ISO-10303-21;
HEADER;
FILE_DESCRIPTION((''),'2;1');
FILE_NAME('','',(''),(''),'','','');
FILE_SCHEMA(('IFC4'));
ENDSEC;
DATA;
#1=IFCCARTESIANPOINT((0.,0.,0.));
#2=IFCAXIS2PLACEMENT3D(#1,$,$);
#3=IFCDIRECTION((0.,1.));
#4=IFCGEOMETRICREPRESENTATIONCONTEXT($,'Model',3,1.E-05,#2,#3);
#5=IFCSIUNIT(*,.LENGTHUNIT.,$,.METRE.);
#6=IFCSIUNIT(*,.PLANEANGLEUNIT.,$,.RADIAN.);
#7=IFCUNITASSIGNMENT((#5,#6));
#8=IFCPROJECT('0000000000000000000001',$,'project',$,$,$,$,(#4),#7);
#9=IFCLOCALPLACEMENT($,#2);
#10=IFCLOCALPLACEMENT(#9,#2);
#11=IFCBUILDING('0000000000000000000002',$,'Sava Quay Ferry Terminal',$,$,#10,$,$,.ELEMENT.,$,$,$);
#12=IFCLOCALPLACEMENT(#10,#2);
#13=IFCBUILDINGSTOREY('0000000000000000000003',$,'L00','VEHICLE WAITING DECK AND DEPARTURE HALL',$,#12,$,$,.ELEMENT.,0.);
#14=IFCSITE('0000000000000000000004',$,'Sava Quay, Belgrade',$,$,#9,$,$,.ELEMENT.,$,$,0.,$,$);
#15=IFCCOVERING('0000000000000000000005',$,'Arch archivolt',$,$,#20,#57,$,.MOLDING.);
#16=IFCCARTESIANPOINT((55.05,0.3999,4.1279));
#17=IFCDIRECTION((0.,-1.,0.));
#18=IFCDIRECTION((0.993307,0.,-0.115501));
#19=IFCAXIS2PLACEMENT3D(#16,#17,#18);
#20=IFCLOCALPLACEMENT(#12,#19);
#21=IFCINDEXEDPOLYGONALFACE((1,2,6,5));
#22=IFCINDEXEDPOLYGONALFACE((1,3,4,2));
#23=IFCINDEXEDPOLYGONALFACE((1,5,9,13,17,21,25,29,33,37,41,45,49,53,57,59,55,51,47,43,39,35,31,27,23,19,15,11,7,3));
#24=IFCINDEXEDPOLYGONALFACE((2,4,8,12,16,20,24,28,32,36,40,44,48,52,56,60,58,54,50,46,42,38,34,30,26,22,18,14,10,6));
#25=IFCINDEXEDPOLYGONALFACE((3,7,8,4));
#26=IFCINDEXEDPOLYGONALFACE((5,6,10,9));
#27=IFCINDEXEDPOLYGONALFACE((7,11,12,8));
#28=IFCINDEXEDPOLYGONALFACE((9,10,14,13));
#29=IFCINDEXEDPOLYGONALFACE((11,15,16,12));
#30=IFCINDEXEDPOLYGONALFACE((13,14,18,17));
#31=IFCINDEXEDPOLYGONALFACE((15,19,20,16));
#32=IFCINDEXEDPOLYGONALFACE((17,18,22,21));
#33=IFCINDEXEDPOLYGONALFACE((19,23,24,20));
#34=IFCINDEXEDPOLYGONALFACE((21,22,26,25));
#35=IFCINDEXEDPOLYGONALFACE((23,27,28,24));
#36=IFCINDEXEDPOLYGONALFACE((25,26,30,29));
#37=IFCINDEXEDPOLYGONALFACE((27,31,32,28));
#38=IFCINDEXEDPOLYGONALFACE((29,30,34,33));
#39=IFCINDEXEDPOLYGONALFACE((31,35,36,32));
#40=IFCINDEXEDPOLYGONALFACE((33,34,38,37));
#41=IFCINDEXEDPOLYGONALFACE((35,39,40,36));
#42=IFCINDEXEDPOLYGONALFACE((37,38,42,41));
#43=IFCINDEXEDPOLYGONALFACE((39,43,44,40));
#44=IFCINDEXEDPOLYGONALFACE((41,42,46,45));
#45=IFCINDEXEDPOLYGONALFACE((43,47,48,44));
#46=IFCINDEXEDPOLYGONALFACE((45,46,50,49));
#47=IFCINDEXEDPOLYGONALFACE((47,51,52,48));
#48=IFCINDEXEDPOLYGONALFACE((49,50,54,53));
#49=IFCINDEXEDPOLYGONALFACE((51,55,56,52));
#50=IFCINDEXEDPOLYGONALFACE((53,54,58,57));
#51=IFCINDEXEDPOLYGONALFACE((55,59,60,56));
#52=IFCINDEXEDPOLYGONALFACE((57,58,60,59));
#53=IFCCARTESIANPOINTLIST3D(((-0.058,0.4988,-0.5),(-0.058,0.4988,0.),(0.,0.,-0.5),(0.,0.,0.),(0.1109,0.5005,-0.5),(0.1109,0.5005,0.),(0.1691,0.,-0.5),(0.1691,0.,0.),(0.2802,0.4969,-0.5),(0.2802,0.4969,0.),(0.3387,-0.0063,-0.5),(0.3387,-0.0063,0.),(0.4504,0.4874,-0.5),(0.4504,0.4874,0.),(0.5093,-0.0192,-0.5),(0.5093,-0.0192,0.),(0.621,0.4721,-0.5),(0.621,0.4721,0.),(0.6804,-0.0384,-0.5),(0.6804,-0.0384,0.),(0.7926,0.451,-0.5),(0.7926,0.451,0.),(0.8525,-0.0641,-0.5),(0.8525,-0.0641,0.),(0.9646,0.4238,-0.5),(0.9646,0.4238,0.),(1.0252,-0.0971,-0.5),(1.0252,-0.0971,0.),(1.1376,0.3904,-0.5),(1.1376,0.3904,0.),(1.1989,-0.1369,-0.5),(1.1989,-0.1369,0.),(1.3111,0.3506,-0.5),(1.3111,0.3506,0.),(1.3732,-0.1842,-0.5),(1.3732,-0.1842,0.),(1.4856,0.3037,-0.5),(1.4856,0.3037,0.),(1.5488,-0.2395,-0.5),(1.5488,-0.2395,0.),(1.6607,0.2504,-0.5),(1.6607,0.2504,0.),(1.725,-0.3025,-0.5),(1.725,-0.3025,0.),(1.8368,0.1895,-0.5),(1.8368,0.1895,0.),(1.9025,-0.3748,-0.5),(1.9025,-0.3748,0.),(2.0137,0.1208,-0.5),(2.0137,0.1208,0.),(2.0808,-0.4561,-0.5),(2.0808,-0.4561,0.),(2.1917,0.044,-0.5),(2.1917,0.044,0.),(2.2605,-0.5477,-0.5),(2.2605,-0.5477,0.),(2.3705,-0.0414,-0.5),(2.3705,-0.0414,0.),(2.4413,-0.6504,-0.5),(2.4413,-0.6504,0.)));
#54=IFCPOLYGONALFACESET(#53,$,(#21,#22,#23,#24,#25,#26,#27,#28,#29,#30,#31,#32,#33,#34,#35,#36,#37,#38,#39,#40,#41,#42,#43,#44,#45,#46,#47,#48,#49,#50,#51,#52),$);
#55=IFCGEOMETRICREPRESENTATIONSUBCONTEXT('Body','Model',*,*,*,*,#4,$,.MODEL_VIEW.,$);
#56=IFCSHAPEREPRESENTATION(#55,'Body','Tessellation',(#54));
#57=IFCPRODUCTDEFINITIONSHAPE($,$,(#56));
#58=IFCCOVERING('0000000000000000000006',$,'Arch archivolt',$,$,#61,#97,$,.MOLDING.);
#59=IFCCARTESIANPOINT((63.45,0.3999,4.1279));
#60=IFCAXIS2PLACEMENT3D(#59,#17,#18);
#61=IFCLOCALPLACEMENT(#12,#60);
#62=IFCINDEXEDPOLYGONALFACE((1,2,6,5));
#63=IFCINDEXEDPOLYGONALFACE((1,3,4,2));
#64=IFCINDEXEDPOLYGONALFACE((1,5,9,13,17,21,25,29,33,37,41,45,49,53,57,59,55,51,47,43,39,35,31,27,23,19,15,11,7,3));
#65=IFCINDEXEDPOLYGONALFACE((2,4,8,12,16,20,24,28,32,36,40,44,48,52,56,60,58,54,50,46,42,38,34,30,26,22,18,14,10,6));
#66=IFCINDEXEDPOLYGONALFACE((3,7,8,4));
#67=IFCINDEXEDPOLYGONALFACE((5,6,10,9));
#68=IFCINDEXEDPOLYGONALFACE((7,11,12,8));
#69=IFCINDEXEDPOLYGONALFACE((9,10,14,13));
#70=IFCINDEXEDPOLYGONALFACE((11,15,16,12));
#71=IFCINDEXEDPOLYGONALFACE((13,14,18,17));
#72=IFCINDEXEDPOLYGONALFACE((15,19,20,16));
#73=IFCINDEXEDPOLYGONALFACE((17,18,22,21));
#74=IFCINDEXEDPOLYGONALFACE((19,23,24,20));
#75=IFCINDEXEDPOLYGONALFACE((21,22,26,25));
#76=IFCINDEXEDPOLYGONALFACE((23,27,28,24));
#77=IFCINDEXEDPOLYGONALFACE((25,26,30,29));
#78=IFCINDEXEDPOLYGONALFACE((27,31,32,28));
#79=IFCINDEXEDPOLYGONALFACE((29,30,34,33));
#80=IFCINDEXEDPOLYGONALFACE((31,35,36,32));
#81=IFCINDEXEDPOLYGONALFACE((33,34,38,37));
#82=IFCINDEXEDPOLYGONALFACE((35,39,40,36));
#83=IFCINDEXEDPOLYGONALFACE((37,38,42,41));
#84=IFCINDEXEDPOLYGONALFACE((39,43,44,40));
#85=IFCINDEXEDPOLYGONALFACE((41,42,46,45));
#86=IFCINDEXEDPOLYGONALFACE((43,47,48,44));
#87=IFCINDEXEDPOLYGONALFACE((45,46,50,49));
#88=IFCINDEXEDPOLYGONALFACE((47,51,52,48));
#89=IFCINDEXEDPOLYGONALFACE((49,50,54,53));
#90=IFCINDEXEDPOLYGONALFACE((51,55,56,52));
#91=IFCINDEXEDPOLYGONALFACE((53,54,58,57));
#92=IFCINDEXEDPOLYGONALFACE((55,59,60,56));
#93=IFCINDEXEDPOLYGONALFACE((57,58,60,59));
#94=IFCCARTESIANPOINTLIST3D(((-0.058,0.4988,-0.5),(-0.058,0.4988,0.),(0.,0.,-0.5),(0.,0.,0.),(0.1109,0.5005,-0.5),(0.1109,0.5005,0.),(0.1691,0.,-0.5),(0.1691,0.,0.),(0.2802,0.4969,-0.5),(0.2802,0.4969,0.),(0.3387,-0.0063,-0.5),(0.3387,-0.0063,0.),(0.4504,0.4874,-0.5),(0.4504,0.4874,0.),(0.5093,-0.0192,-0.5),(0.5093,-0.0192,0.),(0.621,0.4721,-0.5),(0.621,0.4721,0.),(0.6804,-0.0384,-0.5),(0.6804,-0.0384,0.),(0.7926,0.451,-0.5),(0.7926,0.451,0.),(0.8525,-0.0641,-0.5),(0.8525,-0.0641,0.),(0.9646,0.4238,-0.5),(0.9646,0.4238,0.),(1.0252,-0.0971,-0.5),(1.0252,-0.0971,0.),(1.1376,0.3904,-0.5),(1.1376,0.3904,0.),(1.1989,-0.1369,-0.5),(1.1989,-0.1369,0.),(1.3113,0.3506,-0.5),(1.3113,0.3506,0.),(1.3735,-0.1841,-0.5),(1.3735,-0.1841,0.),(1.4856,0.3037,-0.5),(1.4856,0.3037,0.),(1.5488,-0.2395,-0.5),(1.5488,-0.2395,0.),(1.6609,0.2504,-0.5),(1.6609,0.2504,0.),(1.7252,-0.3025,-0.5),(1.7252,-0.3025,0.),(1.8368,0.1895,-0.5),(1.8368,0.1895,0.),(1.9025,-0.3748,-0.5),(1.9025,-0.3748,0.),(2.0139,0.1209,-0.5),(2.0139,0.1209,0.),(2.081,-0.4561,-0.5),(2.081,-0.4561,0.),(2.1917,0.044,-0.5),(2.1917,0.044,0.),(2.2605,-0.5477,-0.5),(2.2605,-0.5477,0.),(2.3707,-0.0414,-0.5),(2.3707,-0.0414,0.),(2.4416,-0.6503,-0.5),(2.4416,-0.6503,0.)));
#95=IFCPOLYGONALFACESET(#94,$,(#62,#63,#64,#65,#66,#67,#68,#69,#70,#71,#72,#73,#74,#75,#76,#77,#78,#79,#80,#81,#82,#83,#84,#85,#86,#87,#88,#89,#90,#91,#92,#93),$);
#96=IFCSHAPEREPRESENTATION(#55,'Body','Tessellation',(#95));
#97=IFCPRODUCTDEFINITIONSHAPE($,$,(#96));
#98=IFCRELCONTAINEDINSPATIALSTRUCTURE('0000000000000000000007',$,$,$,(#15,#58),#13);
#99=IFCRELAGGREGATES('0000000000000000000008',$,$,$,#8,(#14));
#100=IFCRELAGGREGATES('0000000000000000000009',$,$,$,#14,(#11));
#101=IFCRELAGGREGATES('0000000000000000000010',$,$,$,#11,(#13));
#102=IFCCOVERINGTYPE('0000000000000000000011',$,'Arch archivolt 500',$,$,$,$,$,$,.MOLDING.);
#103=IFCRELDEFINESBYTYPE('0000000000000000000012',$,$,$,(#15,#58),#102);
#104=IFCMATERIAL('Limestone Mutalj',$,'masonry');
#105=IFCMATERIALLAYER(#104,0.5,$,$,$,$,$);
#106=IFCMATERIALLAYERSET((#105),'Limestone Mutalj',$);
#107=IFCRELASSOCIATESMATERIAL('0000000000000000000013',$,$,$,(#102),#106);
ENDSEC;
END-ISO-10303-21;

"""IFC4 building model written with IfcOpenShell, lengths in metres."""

from ifc_helpers import new_model, si_unit, direction, frame, origin, place, context, subcontext, project, spatial, polyline, outline, extrude, material, layer, layer_set, type_object, element, save


model = new_model("IFC4")

# Units and contexts
model_context = context("Model", 3, precision=1e-05, world=origin(), true_north=direction((0.0, 1.0)))
body_context = subcontext(model_context, "Body", "Model", "MODEL_VIEW")
ifc_project = project(units=[si_unit("LENGTHUNIT", "METRE"), si_unit("PLANEANGLEUNIT", "RADIAN")], contexts=[model_context])

# Site, building, storey
site_placement = place(None, origin())
site = spatial("IfcSite", under=ifc_project, at=site_placement, Name="Sava Quay, Belgrade", CompositionType="ELEMENT", RefElevation=0.0)
building_placement = place(site_placement, origin())
building = spatial("IfcBuilding", under=site, at=building_placement, Name="Sava Quay Ferry Terminal", CompositionType="ELEMENT")
storey_placement = place(building_placement, origin())
storey = spatial("IfcBuildingStorey", under=building, at=storey_placement, Name="L00", Description="VEHICLE WAITING DECK AND DEPARTURE HALL", CompositionType="ELEMENT", Elevation=0.0)

# Coverings
ifc_material_1 = material(Name="Limestone Mutalj", Category="masonry")
ifc_layer_1 = layer(ifc_material_1, 0.5)
ifc_layer_set_1 = layer_set([ifc_layer_1], Name="Limestone Mutalj")
covering_type_1 = type_object("IfcCoveringType", Name="Arch archivolt 500", PredefinedType="MOLDING", material=ifc_layer_set_1)
covering_1_placement = place(storey_placement, frame((55.05, 0.3999, 4.1279), z_axis=(0.0, -1.0, 0.0), x_axis=(0.993307, 0.0, -0.115501)))
element("IfcCovering", 1, at=covering_1_placement, inside=storey, type_object=covering_type_1, Name="Arch archivolt", PredefinedType="MOLDING", context=body_context, shape_type="SweptSolid", body=[
    extrude(outline(polyline([(0.0, 0.0), (0.1691, 0.0), (0.3387, -0.0063), (0.5093, -0.0192), (0.6804, -0.0384), (0.8525, -0.0641), (1.0252, -0.0971), (1.1989, -0.1369), (1.3732, -0.1842), (1.5488, -0.2395), (1.725, -0.3025), (1.9025, -0.3748), (2.0808, -0.4561), (2.2605, -0.5477), (2.4413, -0.6504), (2.3705, -0.0414), (2.1917, 0.044), (2.0137, 0.1208), (1.8368, 0.1895), (1.6607, 0.2504), (1.4856, 0.3037), (1.3111, 0.3506), (1.1376, 0.3904), (0.9646, 0.4238), (0.7926, 0.451), (0.621, 0.4721), (0.4504, 0.4874), (0.2802, 0.4969), (0.1109, 0.5005), (-0.058, 0.4988), (0.0, 0.0)])), origin(), (0.0, 0.0, -1.0), 0.5),
])
covering_2_placement = place(storey_placement, frame((63.45, 0.3999, 4.1279), z_axis=(0.0, -1.0, 0.0), x_axis=(0.993307, 0.0, -0.115501)))
element("IfcCovering", 2, at=covering_2_placement, inside=storey, type_object=covering_type_1, Name="Arch archivolt", PredefinedType="MOLDING", context=body_context, shape_type="SweptSolid", body=[
    extrude(outline(polyline([(0.0, 0.0), (0.1691, 0.0), (0.3387, -0.0063), (0.5093, -0.0192), (0.6804, -0.0384), (0.8525, -0.0641), (1.0252, -0.0971), (1.1989, -0.1369), (1.3735, -0.1841), (1.5488, -0.2395), (1.7252, -0.3025), (1.9025, -0.3748), (2.081, -0.4561), (2.2605, -0.5477), (2.4416, -0.6503), (2.3707, -0.0414), (2.1917, 0.044), (2.0139, 0.1209), (1.8368, 0.1895), (1.6609, 0.2504), (1.4856, 0.3037), (1.3113, 0.3506), (1.1376, 0.3904), (0.9646, 0.4238), (0.7926, 0.451), (0.621, 0.4721), (0.4504, 0.4874), (0.2802, 0.4969), (0.1109, 0.5005), (-0.058, 0.4988), (0.0, 0.0)])), origin(), (0.0, 0.0, -1.0), 0.5),
])

save(model, "model.ifc")
